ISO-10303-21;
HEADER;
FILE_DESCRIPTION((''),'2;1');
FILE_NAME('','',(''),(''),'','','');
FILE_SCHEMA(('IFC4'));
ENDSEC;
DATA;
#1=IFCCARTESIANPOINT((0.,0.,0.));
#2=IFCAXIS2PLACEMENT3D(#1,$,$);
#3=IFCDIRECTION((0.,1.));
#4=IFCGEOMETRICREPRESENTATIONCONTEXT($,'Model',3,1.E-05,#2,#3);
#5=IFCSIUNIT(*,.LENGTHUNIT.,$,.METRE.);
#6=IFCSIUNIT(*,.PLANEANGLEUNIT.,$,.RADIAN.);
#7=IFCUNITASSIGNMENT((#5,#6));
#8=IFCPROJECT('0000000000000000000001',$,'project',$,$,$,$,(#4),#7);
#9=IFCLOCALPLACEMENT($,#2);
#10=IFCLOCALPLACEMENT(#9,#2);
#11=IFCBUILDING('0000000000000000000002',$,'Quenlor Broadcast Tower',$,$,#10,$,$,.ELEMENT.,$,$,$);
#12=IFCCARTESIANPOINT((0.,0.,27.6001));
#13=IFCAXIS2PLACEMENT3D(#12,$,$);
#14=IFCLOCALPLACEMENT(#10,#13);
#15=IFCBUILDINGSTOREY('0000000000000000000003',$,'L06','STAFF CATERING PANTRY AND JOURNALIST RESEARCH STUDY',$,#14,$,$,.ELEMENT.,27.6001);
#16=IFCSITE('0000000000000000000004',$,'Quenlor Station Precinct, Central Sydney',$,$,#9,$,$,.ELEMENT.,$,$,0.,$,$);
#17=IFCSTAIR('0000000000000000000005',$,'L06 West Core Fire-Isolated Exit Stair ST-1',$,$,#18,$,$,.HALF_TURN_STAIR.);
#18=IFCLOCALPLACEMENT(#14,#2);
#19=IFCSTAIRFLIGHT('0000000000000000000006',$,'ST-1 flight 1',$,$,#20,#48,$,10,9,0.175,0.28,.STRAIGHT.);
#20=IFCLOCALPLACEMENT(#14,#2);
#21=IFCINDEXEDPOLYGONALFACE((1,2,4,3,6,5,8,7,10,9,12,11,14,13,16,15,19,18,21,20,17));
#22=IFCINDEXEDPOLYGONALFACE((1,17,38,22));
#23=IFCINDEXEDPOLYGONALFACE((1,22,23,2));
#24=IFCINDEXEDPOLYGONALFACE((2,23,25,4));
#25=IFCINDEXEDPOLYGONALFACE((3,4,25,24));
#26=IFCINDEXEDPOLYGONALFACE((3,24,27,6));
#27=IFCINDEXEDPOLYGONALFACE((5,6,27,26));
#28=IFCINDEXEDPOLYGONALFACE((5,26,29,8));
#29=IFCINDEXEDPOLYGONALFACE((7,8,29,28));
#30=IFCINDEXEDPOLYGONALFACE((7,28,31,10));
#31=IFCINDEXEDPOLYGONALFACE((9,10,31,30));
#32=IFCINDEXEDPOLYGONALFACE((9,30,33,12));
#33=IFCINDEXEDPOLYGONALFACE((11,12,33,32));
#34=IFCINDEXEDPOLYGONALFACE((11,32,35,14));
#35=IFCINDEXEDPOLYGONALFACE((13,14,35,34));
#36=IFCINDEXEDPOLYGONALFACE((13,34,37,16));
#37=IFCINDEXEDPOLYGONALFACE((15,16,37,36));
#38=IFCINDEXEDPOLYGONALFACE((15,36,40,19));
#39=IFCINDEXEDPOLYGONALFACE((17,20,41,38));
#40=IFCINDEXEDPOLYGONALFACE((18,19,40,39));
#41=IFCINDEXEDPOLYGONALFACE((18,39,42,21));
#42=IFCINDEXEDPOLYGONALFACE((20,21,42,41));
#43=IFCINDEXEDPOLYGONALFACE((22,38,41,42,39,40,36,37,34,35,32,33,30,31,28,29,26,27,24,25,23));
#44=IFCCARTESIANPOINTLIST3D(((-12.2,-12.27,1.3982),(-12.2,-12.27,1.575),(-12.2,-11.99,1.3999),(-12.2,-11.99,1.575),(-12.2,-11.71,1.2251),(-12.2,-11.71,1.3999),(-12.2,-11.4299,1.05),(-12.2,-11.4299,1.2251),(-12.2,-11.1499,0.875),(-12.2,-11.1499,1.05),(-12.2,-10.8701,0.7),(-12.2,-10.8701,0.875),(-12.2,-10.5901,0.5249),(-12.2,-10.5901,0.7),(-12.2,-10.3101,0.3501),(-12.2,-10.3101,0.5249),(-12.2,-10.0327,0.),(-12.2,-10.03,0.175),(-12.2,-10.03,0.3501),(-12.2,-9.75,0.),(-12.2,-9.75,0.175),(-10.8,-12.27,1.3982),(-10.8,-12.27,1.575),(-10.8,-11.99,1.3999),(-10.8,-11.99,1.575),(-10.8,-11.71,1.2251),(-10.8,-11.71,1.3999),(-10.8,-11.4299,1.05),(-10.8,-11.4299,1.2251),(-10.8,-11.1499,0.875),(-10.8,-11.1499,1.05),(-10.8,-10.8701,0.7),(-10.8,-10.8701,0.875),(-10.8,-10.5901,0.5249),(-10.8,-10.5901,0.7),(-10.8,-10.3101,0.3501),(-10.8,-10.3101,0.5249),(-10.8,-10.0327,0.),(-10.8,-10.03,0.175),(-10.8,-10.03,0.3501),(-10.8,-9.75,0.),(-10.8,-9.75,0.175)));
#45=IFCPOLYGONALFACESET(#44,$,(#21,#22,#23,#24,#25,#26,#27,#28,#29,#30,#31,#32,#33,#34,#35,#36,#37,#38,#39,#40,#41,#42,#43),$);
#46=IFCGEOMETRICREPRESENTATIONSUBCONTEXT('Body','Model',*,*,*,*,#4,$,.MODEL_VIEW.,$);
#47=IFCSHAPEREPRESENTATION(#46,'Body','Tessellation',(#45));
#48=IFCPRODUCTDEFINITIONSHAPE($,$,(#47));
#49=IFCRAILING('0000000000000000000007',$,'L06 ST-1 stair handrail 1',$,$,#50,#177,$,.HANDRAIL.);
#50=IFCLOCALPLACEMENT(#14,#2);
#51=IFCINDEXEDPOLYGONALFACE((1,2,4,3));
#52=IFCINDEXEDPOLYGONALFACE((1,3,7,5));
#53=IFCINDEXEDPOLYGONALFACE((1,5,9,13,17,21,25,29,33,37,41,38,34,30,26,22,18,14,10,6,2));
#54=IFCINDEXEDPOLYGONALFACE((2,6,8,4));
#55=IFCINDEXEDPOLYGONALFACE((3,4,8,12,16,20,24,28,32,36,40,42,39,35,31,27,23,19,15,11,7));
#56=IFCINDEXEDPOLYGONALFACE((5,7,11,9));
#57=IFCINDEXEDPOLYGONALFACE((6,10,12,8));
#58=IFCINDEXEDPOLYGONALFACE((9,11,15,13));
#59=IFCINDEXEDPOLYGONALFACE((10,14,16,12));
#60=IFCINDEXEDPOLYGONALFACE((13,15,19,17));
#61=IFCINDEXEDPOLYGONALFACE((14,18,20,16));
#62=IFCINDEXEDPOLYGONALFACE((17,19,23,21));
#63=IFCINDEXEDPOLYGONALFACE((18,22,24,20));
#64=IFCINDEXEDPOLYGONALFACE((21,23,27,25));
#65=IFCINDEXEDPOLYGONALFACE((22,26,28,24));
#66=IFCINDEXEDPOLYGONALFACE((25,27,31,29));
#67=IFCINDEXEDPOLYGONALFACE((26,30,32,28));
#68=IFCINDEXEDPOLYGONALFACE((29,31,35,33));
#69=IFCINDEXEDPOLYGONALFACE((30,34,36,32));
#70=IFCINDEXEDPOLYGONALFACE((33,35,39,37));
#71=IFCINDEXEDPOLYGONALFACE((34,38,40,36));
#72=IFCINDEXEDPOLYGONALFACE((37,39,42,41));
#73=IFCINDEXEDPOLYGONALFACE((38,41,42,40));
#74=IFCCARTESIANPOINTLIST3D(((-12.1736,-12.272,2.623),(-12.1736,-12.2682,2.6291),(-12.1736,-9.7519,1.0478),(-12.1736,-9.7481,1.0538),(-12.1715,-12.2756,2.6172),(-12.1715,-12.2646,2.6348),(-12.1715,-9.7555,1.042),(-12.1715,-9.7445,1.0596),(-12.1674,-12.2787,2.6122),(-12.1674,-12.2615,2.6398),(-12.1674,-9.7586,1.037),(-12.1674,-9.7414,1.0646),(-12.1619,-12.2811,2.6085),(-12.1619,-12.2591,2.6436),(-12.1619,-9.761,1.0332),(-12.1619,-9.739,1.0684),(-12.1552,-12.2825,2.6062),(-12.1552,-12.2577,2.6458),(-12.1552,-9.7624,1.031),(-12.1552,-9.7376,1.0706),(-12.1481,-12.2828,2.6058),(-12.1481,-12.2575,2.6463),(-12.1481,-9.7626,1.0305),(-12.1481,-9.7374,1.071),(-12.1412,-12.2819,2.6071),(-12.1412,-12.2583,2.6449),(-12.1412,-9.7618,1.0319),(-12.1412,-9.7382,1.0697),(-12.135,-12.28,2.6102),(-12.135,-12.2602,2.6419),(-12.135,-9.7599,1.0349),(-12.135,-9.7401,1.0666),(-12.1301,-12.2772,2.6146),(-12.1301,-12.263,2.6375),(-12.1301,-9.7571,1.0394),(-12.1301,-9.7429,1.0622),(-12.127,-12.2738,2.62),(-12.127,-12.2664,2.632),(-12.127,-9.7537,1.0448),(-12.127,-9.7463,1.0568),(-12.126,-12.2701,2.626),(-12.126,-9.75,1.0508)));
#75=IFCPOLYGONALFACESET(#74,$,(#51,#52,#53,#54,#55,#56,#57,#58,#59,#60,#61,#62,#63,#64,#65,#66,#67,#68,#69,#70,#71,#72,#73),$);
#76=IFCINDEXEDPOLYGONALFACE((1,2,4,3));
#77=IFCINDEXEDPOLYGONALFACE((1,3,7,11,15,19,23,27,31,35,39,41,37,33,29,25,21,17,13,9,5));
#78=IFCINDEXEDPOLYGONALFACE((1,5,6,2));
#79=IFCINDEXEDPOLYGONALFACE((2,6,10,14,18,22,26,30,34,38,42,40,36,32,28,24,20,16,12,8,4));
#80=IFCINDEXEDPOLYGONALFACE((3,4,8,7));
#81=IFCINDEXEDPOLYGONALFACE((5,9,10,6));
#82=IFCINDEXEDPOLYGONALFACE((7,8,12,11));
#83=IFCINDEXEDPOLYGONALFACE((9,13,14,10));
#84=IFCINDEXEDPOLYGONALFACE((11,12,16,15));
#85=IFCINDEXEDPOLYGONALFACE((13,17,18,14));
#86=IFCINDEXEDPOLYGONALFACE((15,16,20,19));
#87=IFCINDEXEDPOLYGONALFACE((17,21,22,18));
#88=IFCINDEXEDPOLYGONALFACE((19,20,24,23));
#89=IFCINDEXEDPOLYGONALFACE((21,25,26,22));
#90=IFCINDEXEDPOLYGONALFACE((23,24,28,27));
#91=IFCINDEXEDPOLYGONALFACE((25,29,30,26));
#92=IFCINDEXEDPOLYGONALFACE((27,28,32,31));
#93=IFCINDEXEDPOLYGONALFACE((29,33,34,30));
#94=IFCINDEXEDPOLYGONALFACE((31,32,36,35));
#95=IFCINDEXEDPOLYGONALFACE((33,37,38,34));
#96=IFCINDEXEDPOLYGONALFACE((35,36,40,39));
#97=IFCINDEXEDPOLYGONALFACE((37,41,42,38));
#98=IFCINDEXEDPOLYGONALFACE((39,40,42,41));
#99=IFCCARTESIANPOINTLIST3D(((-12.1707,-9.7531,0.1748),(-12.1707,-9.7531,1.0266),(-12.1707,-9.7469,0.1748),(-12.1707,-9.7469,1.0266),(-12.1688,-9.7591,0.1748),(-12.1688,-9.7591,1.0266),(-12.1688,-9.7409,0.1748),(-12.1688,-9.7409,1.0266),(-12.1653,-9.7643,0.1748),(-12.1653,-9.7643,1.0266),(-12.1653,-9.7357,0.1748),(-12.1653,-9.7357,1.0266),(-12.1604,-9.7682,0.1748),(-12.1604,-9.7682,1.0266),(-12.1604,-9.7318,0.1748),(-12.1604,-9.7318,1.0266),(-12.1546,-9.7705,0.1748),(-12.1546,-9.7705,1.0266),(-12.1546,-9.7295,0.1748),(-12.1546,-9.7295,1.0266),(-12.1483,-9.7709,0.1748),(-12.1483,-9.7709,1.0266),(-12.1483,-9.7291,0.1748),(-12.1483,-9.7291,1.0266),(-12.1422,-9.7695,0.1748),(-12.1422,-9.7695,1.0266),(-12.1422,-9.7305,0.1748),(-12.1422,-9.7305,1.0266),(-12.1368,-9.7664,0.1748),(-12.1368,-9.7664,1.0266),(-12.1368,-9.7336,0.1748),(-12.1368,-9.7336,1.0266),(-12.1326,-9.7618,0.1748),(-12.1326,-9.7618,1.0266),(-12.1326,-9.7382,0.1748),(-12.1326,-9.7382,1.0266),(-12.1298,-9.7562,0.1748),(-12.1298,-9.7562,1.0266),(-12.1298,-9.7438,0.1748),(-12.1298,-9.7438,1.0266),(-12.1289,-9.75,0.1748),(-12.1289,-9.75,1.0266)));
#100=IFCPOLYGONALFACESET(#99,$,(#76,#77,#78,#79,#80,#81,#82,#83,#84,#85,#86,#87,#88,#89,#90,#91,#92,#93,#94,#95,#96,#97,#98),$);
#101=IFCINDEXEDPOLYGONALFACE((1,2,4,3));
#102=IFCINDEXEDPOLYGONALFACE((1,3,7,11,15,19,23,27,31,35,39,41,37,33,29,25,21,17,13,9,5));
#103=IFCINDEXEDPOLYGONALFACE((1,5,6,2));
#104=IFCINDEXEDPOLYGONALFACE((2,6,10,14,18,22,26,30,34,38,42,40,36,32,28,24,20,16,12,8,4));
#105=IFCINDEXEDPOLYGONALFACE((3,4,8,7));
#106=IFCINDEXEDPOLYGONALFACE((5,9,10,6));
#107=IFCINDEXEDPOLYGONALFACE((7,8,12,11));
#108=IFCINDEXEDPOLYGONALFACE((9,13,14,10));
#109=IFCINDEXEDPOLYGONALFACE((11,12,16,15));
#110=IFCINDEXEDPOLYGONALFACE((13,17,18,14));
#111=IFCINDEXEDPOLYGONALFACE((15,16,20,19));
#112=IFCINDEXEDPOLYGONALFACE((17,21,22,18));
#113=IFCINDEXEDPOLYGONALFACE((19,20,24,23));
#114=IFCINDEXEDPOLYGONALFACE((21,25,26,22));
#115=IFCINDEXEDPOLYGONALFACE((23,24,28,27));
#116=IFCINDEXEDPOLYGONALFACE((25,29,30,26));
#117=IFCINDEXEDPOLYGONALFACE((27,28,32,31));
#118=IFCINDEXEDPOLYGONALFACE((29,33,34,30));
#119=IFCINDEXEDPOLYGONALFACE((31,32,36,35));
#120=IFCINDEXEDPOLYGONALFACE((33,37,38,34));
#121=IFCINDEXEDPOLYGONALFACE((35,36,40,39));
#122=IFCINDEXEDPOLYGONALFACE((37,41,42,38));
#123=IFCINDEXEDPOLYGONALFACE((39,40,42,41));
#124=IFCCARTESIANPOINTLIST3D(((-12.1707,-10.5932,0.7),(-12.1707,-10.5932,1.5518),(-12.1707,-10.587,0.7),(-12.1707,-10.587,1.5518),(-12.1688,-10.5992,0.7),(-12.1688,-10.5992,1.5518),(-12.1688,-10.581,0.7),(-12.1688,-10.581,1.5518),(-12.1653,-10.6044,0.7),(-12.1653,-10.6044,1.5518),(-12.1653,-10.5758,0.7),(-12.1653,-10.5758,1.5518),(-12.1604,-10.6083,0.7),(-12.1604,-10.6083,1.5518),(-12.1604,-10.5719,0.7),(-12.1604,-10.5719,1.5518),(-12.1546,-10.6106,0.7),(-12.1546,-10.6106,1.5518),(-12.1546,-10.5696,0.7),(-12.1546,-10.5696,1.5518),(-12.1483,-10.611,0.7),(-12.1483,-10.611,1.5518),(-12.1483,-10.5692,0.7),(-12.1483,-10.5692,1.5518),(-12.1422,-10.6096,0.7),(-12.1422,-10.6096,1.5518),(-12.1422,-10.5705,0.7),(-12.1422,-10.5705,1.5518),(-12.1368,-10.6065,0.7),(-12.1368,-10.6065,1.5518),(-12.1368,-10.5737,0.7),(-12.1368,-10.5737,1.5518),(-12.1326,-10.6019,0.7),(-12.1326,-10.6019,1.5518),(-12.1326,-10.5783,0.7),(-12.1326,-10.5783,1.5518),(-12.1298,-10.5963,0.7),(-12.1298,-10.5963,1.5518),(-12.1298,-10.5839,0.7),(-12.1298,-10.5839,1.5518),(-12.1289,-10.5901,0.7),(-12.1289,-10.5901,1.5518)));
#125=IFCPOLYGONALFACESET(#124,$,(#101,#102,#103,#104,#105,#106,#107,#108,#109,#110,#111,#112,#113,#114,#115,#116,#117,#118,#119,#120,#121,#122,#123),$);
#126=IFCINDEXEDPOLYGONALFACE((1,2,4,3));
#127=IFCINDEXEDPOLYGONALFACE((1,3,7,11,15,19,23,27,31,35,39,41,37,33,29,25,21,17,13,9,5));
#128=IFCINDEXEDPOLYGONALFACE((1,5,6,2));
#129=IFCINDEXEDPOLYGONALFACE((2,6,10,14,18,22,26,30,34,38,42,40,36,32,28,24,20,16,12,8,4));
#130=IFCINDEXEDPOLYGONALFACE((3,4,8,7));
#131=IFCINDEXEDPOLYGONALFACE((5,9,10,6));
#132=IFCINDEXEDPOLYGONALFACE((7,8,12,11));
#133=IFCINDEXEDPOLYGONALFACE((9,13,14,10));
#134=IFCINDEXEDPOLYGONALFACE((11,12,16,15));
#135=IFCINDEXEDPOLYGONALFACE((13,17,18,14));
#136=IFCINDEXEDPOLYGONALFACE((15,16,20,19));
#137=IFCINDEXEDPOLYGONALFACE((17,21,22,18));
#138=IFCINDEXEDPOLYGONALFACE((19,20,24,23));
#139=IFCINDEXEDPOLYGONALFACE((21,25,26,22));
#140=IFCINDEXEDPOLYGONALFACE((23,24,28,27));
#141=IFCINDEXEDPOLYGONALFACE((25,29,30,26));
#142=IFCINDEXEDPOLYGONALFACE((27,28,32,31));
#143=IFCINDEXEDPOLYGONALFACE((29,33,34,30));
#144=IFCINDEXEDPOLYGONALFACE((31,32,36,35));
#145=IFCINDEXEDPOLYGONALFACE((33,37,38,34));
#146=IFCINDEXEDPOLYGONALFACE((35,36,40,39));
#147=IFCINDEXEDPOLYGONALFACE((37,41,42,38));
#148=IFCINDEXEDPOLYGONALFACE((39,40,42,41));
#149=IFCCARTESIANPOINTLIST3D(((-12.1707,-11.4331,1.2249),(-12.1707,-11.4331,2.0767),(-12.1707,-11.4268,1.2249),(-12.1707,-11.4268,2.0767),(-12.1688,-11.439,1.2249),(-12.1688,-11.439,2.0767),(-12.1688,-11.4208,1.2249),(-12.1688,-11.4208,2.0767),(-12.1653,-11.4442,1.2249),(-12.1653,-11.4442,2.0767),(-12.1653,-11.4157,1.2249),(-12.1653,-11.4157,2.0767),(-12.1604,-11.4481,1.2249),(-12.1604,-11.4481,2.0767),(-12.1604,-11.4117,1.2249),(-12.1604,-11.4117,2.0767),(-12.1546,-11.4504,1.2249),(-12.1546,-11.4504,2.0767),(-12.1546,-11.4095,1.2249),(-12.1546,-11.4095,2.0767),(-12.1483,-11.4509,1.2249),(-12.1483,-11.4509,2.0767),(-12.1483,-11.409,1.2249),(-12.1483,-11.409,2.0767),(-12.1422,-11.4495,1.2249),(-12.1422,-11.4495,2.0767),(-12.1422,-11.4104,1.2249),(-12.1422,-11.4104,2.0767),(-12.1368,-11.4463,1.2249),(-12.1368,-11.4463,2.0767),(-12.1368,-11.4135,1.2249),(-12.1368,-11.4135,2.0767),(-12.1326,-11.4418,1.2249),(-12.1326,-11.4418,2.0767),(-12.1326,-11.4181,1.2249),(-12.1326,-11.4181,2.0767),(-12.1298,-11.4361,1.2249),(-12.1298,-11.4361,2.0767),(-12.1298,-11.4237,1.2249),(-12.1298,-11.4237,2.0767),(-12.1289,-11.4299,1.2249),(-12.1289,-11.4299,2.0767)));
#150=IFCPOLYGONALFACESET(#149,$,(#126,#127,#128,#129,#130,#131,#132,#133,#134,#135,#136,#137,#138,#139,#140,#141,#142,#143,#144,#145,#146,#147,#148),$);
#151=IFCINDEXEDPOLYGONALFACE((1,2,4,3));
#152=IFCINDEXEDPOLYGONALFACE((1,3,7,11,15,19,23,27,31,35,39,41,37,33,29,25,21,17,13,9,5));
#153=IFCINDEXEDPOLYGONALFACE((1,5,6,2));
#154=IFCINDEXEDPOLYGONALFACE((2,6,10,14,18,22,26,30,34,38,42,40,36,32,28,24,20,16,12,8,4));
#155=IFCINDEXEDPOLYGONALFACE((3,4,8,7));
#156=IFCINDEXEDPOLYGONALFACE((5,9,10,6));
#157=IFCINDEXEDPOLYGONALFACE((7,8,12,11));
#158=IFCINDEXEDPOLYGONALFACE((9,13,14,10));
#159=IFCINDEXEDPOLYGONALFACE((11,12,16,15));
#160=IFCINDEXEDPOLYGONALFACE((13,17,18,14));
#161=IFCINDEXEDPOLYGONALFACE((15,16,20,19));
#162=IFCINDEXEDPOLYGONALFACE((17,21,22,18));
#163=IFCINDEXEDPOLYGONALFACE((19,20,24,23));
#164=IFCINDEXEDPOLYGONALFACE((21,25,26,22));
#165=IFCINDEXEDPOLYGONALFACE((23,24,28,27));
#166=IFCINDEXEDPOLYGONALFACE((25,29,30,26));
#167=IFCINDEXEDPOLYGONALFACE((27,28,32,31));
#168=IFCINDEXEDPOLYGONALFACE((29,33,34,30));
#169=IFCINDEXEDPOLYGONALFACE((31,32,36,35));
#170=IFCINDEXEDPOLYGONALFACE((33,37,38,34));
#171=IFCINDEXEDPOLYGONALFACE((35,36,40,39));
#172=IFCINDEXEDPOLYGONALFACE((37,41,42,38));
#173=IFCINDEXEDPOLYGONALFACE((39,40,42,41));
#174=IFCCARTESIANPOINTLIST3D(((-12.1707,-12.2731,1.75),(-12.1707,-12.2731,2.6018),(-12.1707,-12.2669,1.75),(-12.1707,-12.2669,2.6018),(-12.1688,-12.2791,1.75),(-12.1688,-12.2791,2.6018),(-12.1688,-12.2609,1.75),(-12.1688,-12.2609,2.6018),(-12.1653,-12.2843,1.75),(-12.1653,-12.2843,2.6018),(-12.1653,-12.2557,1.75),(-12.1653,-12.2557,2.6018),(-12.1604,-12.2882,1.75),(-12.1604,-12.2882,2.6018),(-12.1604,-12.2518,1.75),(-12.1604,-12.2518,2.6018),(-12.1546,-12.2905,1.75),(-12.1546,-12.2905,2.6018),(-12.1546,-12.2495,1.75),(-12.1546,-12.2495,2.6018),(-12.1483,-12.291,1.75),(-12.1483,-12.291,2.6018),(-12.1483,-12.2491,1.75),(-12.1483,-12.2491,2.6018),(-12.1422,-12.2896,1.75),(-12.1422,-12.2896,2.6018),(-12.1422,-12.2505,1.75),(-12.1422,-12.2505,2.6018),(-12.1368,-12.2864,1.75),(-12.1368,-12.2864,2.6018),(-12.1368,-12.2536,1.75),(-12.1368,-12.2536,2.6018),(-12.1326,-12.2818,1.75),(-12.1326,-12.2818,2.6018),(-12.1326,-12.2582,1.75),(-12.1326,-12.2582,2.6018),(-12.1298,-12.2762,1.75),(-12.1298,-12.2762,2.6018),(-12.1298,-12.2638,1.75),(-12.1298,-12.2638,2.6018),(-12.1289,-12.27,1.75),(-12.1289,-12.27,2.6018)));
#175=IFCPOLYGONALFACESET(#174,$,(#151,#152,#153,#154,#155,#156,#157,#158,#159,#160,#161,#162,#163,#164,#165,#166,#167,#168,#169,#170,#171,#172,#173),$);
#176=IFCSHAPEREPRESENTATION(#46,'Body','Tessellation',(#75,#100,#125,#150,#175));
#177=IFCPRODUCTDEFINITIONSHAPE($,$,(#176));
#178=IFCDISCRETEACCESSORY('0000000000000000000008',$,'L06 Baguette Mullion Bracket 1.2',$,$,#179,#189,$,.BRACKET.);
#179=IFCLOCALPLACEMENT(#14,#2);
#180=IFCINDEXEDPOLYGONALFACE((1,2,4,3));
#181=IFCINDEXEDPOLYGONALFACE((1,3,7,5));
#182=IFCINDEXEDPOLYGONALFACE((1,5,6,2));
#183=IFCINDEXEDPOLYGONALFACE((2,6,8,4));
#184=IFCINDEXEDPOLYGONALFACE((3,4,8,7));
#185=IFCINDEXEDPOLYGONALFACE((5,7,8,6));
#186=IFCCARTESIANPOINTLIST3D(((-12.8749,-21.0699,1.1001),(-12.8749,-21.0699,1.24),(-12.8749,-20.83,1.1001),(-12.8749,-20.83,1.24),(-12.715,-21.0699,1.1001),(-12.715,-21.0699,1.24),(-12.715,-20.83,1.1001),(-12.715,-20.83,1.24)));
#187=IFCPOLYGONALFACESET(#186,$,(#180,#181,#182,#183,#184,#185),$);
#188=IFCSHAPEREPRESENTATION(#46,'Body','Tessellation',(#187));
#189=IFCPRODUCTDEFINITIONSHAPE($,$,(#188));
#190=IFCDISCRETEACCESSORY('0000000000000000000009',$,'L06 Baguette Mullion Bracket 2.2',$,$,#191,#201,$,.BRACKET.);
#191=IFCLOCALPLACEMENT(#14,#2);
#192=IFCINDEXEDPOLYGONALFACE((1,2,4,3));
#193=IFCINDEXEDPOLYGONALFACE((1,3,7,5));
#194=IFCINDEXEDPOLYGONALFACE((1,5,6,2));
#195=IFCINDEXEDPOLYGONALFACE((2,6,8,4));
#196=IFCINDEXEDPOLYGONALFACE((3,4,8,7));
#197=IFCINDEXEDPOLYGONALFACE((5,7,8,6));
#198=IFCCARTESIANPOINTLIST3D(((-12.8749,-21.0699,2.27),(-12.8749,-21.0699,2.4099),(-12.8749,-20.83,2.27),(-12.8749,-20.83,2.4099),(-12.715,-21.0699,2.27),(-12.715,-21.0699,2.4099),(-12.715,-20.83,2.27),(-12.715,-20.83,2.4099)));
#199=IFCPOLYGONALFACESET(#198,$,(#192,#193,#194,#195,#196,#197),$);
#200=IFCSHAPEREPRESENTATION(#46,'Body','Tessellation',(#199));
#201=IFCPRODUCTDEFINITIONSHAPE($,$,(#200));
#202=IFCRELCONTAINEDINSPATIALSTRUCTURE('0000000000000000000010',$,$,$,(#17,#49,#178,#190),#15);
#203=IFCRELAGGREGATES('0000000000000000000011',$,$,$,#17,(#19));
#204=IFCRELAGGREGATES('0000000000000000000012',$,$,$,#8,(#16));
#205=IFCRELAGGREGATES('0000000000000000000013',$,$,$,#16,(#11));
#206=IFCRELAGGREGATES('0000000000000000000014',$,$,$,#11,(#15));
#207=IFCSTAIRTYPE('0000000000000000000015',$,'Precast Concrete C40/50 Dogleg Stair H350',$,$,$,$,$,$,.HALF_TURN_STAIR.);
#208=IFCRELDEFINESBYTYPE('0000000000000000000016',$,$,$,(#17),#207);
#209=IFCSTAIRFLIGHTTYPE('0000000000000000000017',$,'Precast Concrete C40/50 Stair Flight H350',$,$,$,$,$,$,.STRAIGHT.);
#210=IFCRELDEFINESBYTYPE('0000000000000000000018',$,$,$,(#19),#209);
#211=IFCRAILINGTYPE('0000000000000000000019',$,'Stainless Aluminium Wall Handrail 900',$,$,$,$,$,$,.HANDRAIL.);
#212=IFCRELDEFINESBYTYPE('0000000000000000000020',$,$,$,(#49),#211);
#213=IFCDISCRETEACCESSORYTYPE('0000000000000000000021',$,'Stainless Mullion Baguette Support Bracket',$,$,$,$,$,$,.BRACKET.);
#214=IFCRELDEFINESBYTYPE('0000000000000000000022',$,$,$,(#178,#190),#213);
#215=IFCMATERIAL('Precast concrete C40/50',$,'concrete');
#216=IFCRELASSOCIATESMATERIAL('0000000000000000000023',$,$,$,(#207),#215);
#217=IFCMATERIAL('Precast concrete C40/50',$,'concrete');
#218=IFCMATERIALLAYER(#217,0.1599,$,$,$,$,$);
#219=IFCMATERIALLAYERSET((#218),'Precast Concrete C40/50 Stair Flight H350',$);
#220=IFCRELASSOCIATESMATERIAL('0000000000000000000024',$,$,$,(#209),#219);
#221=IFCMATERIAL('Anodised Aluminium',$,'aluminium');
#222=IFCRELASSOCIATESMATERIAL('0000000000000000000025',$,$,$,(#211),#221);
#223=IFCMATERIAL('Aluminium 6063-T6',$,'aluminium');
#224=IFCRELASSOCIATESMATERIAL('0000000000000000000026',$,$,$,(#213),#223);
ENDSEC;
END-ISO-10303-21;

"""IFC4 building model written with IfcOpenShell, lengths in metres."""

from ifc_helpers import new_model, si_unit, direction, frame, origin, origin_2d, place, context, subcontext, project, spatial, polyline, rectangle, circle, outline, extrude, material, layer, layer_set, type_object, element, aggregate, save


model = new_model("IFC4")

# Units and contexts
model_context = context("Model", 3, precision=1e-05, world=origin(), true_north=direction((0.0, 1.0)))
body_context = subcontext(model_context, "Body", "Model", "MODEL_VIEW")
ifc_project = project(units=[si_unit("LENGTHUNIT", "METRE"), si_unit("PLANEANGLEUNIT", "RADIAN")], contexts=[model_context])

# Site, building, storey
site_placement = place(None, origin())
site = spatial("IfcSite", under=ifc_project, at=site_placement, Name="Quenlor Station Precinct, Central Sydney", CompositionType="ELEMENT", RefElevation=0.0)
building_placement = place(site_placement, origin())
building = spatial("IfcBuilding", under=site, at=building_placement, Name="Quenlor Broadcast Tower", CompositionType="ELEMENT")
storey_placement = place(building_placement, frame((0.0, 0.0, 27.6001)))
storey = spatial("IfcBuildingStorey", under=building, at=storey_placement, Name="L06", Description="STAFF CATERING PANTRY AND JOURNALIST RESEARCH STUDY", CompositionType="ELEMENT", Elevation=27.6001)

# Stair, stair flight
ifc_material_1 = material(Name="Precast concrete C40/50", Category="concrete")
stair_type = type_object("IfcStairType", Name="Precast Concrete C40/50 Dogleg Stair H350", PredefinedType="HALF_TURN_STAIR", material=ifc_material_1)
stair_placement = place(storey_placement, origin())
stair = element("IfcStair", 1, at=stair_placement, inside=storey, type_object=stair_type, Name="L06 West Core Fire-Isolated Exit Stair ST-1", PredefinedType="HALF_TURN_STAIR")
ifc_material_2 = material(Name="Precast concrete C40/50", Category="concrete")
ifc_layer_1 = layer(ifc_material_2, 0.1599)
ifc_layer_set_1 = layer_set([ifc_layer_1], Name="Precast Concrete C40/50 Stair Flight H350")
stair_flight_type = type_object("IfcStairFlightType", Name="Precast Concrete C40/50 Stair Flight H350", PredefinedType="STRAIGHT", material=ifc_layer_set_1)
stair_flight_placement = place(storey_placement, frame((-11.5, -9.75, 0.0), z_axis=(0.0, 0.0, 1.0), x_axis=(0.0, -1.0, 0.0)))
stair_flight = element("IfcStairFlight", 2, at=stair_flight_placement, type_object=stair_flight_type, Name="ST-1 flight 1", NumberOfRisers=10, NumberOfTreads=9, PredefinedType="STRAIGHT", RiserHeight=0.175, TreadLength=0.28, context=body_context, shape_type="SweptSolid", body=[
    extrude(outline(polyline([(0.0, 0.0), (0.0, 0.175), (0.28, 0.175), (0.28, 0.3501), (0.5601, 0.3501), (0.5601, 0.5249), (0.8401, 0.5249), (0.8401, 0.7), (1.1201, 0.7), (1.1201, 0.875), (1.3999, 0.875), (1.3999, 1.05), (1.6799, 1.05), (1.6799, 1.2251), (1.96, 1.2251), (1.96, 1.3999), (2.24, 1.3999), (2.24, 1.575), (2.52, 1.575), (2.52, 1.75), (2.52, 1.3982), (0.2827, 0.0), (0.0, 0.0)])), frame((0.0, 0.7, 0.0), z_axis=(0.0, -1.0, 0.0), x_axis=(1.0, 0.0, 0.0)), (0.0, 0.0, 1.0), 1.3999),
])
aggregate(stair, [stair_flight])

# Railing
ifc_material_3 = material(Name="Anodised Aluminium", Category="aluminium")
railing_type = type_object("IfcRailingType", Name="Stainless Aluminium Wall Handrail 900", PredefinedType="HANDRAIL", material=ifc_material_3)
railing_placement = place(storey_placement, frame((-12.1499, -9.75, 0.1748)))
element("IfcRailing", 3, at=railing_placement, inside=storey, type_object=railing_type, Name="L06 ST-1 stair handrail 1", PredefinedType="HANDRAIL", context=body_context, shape_type="SweptSolid", body=[
    extrude(circle(Radius=0.0239, at=origin_2d()), frame((0.0, 0.0, 0.876), z_axis=(0.0, -0.847971, 0.530043), x_axis=(1.0, 0.0, 0.0)), (0.0, 0.0, 1.0), 2.9719),
    extrude(circle(Radius=0.021, at=origin_2d()), origin(), (0.0, 0.0, 1.0), 0.8518),
    extrude(circle(Radius=0.021, at=origin_2d()), frame((0.0, -0.8401, 0.5251)), (0.0, 0.0, 1.0), 0.8518),
    extrude(circle(Radius=0.021, at=origin_2d()), frame((0.0, -1.6799, 1.05)), (0.0, 0.0, 1.0), 0.8518),
    extrude(circle(Radius=0.021, at=origin_2d()), frame((0.0, -2.52, 1.5752)), (0.0, 0.0, 1.0), 0.8518),
])

# Discrete accessories
ifc_material_4 = material(Name="Aluminium 6063-T6", Category="aluminium")
discrete_accessory_type = type_object("IfcDiscreteAccessoryType", Name="Stainless Mullion Baguette Support Bracket", PredefinedType="BRACKET", material=ifc_material_4)
for number, where, z_axis, x_axis, name in (
    (4, (-12.7949, -20.95, 1.1001), (0.0, 0.0, 1.0), (-1.0, 0.0, 0.0), "L06 Baguette Mullion Bracket 1.2"),
    (5, (-12.7949, -20.95, 2.27), (0.0, 0.0, 1.0), (-1.0, 0.0, 0.0), "L06 Baguette Mullion Bracket 2.2"),
):
    element("IfcDiscreteAccessory", number, at=place(storey_placement, frame(where, z_axis=z_axis, x_axis=x_axis)), inside=storey, type_object=discrete_accessory_type, Name=name, PredefinedType="BRACKET", context=body_context, shape_type="SweptSolid", body=[
        extrude(rectangle(XDim=0.1599, YDim=0.24, at=origin_2d()), origin(), (0.0, 0.0, 1.0), 0.1399),
    ])

save(model, "model.ifc")
